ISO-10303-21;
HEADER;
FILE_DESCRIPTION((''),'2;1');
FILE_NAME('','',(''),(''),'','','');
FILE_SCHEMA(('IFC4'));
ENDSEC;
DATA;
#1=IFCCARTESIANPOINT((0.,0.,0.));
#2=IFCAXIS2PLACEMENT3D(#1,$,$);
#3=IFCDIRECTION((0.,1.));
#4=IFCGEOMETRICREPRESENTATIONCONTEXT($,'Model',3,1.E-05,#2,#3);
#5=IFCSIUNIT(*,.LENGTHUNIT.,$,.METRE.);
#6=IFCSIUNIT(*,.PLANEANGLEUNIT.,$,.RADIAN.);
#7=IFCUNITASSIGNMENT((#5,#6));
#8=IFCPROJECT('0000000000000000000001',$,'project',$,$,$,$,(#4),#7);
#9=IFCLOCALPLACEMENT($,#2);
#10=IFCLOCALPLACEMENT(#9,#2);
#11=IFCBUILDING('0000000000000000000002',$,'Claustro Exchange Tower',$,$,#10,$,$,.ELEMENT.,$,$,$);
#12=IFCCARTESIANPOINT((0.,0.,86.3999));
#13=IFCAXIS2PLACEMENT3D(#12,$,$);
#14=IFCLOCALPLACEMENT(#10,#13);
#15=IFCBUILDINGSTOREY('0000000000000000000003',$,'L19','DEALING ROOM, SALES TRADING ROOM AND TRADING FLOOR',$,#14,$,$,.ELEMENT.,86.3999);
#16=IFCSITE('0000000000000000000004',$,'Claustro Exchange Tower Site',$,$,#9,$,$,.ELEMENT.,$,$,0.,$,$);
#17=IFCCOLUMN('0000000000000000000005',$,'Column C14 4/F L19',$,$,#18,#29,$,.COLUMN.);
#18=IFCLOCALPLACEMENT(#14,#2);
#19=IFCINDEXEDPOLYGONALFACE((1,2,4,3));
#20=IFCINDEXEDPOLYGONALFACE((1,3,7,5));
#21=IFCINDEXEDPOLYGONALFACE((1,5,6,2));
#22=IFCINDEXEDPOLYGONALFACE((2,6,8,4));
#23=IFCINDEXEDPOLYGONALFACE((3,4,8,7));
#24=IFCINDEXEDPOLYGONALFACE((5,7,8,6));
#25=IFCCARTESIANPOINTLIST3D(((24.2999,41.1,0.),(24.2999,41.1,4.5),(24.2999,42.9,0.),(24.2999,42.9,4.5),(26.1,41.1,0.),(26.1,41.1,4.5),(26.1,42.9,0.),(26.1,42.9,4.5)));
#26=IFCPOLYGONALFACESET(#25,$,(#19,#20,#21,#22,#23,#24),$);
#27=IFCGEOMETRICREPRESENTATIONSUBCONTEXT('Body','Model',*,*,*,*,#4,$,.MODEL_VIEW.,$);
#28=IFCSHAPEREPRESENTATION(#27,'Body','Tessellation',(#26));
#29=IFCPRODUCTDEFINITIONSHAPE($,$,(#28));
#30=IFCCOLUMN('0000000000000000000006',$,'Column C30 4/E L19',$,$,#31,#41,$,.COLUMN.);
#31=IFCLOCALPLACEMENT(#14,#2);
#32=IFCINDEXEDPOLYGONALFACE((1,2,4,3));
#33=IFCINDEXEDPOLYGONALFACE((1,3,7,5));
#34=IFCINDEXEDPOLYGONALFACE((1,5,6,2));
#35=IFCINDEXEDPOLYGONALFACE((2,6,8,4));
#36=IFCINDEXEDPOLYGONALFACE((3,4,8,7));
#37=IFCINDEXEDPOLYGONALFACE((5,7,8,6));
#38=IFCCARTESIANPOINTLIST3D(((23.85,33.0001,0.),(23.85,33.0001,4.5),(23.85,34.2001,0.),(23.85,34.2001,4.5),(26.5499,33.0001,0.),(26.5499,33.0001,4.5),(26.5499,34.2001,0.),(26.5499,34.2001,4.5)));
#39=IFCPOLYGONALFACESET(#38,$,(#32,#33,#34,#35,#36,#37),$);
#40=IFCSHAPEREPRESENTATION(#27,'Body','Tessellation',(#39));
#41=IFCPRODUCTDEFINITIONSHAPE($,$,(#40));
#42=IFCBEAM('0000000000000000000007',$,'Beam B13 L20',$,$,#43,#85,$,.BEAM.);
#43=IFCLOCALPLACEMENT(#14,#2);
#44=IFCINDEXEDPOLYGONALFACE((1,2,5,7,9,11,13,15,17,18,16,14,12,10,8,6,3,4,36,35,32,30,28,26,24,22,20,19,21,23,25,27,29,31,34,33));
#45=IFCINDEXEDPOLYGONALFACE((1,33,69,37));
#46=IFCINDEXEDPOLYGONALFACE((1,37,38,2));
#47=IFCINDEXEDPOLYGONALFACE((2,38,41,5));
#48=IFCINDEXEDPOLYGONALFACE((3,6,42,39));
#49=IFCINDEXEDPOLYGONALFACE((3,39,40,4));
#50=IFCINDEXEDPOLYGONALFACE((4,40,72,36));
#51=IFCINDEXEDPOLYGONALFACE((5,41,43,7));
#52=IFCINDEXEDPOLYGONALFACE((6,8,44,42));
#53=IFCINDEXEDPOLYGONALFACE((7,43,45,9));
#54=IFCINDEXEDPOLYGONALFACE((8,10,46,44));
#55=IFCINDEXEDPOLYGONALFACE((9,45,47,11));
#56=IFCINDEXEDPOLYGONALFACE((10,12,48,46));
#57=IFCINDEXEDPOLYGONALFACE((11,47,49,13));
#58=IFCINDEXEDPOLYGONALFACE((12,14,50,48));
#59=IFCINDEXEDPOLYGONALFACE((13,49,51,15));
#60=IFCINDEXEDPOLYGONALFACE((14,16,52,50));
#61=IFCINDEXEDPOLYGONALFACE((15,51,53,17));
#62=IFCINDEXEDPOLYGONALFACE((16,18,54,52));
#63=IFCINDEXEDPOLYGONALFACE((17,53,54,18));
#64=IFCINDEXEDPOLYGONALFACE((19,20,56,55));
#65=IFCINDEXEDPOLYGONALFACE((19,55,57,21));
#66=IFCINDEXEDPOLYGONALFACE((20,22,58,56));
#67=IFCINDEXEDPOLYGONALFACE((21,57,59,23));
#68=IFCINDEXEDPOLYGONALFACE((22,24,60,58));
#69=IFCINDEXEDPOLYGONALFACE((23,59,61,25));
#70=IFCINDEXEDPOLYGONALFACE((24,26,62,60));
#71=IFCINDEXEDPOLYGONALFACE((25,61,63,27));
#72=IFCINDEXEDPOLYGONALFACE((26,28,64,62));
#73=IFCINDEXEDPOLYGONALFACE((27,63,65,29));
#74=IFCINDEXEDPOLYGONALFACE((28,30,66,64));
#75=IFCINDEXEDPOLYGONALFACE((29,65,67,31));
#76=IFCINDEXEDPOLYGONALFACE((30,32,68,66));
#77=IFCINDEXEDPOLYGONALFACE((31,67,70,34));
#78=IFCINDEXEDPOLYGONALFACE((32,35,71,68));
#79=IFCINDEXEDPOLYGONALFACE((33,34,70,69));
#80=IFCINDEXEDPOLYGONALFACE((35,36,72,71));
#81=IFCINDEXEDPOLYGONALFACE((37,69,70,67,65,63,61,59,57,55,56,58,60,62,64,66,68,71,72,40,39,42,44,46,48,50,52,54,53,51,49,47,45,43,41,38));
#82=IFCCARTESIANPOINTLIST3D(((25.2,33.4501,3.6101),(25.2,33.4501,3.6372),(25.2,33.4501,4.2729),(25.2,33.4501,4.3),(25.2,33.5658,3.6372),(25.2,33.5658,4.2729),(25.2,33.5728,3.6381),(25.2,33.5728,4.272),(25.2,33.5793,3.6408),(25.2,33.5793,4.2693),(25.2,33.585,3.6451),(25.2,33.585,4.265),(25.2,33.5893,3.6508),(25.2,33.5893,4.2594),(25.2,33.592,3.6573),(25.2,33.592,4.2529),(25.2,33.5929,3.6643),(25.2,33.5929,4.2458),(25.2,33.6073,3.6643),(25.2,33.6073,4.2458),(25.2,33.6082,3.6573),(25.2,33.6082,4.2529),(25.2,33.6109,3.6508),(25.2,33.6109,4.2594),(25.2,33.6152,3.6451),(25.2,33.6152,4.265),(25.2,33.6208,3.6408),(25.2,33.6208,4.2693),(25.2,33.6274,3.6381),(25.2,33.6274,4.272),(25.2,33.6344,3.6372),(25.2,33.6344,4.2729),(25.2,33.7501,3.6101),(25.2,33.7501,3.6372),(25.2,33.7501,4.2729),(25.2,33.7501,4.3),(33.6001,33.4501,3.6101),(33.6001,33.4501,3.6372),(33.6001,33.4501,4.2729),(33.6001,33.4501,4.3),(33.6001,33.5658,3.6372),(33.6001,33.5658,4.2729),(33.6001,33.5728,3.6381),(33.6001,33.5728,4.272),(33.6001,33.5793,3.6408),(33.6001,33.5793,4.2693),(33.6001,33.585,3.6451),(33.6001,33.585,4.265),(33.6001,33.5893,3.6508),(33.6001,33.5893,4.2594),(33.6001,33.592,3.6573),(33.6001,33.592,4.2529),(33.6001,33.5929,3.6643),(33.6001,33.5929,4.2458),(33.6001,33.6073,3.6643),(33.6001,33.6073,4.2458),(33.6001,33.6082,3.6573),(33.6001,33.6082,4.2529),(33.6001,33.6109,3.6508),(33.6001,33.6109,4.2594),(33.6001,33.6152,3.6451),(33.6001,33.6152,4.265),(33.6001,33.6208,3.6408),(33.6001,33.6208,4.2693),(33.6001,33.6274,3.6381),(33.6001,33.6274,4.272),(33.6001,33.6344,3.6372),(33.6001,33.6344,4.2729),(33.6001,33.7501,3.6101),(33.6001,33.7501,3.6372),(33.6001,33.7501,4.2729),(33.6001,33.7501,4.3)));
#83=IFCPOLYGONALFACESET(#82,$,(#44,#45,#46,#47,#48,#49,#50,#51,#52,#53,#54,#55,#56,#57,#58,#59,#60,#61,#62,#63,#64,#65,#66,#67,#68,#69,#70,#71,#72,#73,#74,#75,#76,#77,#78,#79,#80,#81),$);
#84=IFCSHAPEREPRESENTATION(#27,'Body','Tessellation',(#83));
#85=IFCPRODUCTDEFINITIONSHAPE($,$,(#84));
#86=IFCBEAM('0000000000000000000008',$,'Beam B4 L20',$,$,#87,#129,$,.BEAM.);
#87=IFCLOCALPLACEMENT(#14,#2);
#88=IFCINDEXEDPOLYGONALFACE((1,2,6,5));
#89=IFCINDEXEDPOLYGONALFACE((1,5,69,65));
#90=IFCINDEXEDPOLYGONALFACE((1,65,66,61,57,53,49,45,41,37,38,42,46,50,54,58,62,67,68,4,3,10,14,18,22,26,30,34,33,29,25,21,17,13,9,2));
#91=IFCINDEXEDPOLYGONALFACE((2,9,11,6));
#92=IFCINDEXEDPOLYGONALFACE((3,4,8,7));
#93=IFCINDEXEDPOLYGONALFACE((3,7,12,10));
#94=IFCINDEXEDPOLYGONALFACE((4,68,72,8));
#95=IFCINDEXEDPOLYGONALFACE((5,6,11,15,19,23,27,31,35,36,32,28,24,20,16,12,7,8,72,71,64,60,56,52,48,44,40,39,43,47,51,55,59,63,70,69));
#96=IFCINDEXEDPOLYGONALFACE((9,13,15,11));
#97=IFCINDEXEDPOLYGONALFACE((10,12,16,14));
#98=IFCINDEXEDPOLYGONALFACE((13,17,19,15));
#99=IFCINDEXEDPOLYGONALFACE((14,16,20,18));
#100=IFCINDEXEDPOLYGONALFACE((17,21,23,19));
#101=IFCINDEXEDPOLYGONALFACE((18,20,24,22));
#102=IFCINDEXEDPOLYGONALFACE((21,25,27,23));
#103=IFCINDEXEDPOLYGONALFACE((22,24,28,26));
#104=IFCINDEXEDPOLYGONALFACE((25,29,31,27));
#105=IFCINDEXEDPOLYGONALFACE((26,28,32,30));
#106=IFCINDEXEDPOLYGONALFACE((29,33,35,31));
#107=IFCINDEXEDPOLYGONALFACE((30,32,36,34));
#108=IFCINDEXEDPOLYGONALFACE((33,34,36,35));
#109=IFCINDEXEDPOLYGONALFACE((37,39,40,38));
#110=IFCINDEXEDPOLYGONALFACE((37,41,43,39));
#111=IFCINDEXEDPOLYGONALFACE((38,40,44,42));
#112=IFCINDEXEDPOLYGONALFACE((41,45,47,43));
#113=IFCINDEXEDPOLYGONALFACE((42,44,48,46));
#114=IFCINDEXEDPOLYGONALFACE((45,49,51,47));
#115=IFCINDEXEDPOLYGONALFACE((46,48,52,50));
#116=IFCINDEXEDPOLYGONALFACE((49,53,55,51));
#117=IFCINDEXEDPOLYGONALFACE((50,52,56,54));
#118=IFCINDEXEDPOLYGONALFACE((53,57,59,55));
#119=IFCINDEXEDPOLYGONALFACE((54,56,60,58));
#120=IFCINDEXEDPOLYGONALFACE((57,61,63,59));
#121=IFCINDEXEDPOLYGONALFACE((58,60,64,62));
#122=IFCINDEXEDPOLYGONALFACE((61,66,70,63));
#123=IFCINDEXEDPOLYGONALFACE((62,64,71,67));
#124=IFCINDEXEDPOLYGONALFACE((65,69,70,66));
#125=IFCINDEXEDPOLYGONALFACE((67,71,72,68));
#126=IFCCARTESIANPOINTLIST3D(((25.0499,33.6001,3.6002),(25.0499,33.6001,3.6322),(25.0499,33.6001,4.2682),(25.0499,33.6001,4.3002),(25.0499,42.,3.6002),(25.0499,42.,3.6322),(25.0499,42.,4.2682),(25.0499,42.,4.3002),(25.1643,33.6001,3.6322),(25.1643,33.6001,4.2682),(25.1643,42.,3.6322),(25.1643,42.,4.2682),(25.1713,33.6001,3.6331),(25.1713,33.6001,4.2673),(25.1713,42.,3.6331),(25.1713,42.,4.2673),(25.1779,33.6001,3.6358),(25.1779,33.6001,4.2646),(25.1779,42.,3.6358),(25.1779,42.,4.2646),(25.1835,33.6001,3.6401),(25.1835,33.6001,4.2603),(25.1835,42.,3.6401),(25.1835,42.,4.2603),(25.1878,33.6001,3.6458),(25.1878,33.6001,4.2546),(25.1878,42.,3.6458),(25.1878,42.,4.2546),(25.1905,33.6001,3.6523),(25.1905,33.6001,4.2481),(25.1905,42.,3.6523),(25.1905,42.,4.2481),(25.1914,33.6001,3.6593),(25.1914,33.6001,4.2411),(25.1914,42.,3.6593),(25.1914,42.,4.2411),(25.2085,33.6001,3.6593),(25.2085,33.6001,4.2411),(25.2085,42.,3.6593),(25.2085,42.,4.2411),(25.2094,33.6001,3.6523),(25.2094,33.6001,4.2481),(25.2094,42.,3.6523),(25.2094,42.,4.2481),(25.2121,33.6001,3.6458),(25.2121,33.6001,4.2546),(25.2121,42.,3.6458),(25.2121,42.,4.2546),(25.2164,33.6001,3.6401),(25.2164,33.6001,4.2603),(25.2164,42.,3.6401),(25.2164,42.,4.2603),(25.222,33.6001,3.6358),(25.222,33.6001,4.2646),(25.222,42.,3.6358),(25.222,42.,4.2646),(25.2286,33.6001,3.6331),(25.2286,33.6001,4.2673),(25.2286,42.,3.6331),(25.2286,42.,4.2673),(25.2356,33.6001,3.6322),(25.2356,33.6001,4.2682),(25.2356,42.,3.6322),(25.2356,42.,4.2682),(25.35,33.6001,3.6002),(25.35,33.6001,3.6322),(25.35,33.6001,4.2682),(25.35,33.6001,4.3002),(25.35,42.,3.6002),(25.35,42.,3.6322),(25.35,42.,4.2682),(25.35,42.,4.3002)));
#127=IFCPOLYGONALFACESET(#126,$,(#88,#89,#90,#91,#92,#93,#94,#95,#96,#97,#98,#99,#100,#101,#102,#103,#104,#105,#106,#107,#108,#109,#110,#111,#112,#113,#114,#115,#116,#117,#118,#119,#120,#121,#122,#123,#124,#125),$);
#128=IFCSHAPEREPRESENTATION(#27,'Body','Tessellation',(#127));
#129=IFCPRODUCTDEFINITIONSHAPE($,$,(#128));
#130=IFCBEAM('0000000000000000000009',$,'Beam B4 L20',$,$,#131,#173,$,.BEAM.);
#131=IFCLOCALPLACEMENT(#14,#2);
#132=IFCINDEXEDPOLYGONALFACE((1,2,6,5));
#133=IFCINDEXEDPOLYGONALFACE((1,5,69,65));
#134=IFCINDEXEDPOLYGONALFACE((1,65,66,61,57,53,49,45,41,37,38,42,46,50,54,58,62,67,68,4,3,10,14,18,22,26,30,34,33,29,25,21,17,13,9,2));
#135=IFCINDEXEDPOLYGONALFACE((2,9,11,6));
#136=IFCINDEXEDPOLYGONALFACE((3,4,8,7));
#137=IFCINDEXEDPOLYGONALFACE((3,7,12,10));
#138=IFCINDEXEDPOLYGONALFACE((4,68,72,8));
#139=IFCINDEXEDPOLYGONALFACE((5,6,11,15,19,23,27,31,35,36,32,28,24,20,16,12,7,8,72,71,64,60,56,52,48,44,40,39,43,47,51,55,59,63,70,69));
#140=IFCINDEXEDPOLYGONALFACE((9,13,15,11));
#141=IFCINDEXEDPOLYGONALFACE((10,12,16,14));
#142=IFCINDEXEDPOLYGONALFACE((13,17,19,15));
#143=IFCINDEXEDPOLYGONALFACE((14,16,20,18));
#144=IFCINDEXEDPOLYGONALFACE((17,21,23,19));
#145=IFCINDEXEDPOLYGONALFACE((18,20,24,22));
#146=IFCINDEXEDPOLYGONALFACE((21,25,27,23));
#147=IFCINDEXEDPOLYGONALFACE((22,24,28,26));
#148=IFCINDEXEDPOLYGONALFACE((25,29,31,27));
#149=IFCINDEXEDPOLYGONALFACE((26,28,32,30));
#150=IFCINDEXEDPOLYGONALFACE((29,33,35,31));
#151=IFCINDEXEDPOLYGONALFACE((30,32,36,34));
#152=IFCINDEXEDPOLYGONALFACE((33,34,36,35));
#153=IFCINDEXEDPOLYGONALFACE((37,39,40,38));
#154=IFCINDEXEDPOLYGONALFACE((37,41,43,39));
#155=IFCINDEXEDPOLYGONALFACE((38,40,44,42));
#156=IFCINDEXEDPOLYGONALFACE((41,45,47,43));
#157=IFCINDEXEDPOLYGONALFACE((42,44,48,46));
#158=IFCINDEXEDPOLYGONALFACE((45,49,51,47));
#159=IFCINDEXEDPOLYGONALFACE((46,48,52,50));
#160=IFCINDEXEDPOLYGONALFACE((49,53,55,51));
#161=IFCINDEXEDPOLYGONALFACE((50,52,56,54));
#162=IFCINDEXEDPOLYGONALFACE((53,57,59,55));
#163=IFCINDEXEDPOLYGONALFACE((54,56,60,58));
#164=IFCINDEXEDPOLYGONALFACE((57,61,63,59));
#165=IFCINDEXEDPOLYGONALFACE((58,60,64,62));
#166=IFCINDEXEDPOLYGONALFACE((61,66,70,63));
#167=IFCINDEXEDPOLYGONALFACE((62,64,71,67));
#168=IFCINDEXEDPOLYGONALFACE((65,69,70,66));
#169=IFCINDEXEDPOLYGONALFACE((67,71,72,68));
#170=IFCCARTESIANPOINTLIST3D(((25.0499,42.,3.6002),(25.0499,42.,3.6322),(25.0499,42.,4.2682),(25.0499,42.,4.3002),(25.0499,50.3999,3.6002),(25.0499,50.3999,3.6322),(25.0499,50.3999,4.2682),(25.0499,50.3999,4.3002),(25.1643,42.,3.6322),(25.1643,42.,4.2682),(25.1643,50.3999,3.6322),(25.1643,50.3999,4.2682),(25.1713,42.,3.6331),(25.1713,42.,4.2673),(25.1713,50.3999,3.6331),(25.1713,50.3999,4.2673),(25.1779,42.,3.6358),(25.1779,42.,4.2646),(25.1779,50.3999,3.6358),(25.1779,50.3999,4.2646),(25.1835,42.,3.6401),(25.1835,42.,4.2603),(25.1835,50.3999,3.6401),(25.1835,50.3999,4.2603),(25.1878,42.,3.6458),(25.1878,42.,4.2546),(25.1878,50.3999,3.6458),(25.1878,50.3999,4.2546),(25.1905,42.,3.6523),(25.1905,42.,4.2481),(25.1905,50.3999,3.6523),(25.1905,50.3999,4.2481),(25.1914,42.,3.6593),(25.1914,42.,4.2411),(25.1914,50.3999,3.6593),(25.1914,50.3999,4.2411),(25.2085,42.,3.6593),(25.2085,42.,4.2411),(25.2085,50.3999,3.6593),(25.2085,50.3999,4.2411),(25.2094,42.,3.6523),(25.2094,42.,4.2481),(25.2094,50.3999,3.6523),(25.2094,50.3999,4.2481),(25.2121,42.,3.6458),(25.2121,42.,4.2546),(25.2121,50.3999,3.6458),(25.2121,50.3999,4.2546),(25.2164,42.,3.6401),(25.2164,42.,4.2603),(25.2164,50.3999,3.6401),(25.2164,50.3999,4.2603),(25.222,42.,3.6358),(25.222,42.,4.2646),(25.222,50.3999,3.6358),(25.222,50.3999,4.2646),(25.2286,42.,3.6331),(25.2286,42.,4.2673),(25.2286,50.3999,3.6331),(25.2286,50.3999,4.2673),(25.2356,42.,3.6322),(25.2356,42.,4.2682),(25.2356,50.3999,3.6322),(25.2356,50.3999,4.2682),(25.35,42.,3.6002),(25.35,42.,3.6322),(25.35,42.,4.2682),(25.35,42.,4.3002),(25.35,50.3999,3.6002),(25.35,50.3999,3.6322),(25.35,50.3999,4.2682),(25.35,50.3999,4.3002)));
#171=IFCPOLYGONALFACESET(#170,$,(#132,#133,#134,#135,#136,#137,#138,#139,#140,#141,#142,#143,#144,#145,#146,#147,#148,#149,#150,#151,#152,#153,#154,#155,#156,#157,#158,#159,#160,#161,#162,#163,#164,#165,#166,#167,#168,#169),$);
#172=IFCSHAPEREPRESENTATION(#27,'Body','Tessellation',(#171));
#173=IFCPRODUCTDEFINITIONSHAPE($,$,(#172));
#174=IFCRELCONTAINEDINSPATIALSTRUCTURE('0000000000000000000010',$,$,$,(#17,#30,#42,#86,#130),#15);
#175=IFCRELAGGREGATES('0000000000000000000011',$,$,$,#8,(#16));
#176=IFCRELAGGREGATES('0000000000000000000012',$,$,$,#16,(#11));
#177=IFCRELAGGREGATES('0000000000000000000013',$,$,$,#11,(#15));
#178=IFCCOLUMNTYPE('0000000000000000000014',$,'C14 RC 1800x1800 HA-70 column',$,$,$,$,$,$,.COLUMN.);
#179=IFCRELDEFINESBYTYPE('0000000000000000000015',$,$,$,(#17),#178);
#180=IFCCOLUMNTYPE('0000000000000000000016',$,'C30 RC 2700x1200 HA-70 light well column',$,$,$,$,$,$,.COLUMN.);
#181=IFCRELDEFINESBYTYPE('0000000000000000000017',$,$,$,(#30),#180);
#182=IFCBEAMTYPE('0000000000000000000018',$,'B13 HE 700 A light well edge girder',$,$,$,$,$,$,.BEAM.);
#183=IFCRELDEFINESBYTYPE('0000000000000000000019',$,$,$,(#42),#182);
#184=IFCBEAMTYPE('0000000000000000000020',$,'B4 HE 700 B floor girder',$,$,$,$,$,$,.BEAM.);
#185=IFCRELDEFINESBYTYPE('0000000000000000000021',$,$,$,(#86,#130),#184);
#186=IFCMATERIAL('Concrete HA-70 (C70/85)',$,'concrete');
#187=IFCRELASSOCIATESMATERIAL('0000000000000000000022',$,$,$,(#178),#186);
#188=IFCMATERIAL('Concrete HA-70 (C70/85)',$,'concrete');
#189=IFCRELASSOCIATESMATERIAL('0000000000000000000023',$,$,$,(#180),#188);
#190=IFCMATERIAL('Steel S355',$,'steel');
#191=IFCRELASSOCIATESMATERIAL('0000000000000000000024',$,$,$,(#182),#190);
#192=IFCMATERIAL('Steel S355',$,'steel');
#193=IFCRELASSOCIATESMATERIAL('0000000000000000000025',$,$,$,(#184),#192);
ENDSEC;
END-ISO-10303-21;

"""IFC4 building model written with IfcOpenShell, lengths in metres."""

from ifc_helpers import new_model, si_unit, direction, frame, origin, origin_2d, place, context, subcontext, project, spatial, rectangle, i_section, extrude, material, material_profile, profile_set, type_object, element, save


model = new_model("IFC4")

# Units and contexts
model_context = context("Model", 3, precision=1e-05, world=origin(), true_north=direction((0.0, 1.0)))
body_context = subcontext(model_context, "Body", "Model", "MODEL_VIEW")
ifc_project = project(units=[si_unit("LENGTHUNIT", "METRE"), si_unit("PLANEANGLEUNIT", "RADIAN")], contexts=[model_context])

# Site, building, storey
site_placement = place(None, origin())
site = spatial("IfcSite", under=ifc_project, at=site_placement, Name="Claustro Exchange Tower Site", CompositionType="ELEMENT", RefElevation=0.0)
building_placement = place(site_placement, origin())
building = spatial("IfcBuilding", under=site, at=building_placement, Name="Claustro Exchange Tower", CompositionType="ELEMENT")
storey_placement = place(building_placement, frame((0.0, 0.0, 86.3999)))
storey = spatial("IfcBuildingStorey", under=building, at=storey_placement, Name="L19", Description="DEALING ROOM, SALES TRADING ROOM AND TRADING FLOOR", CompositionType="ELEMENT", Elevation=86.3999)

# Columns
ifc_material_1 = material(Name="Concrete HA-70 (C70/85)", Category="concrete")
ifc_material_profile_1 = material_profile(ifc_material_1, rectangle(XDim=1.8, YDim=1.8, at=origin_2d()), Name="RC 1800x1800")
ifc_profile_set_1 = profile_set([ifc_material_profile_1], Name="Concrete HA-70 (C70/85)")
column_type_1 = type_object("IfcColumnType", Name="C14 RC 1800x1800 HA-70 column", PredefinedType="COLUMN", material=ifc_profile_set_1)
column_1_placement = place(storey_placement, frame((25.2, 42.0, 0.0), z_axis=(0.0, 0.0, 1.0), x_axis=(1.0, 0.0, 0.0)))
element("IfcColumn", 1, at=column_1_placement, inside=storey, type_object=column_type_1, Name="Column C14 4/F L19", PredefinedType="COLUMN", context=body_context, shape_type="SweptSolid", body=[
    extrude(rectangle(XDim=1.8, YDim=1.8, at=origin_2d()), origin(), (0.0, 0.0, 1.0), 4.5),
])
ifc_material_2 = material(Name="Concrete HA-70 (C70/85)", Category="concrete")
ifc_material_profile_2 = material_profile(ifc_material_2, rectangle(XDim=2.7, YDim=1.2, at=origin_2d()), Name="RC 2700x1200")
ifc_profile_set_2 = profile_set([ifc_material_profile_2], Name="Concrete HA-70 (C70/85)")
column_type_2 = type_object("IfcColumnType", Name="C30 RC 2700x1200 HA-70 light well column", PredefinedType="COLUMN", material=ifc_profile_set_2)
column_2_placement = place(storey_placement, frame((25.2, 33.6001, 0.0), z_axis=(0.0, 0.0, 1.0), x_axis=(1.0, 0.0, 0.0)))
element("IfcColumn", 2, at=column_2_placement, inside=storey, type_object=column_type_2, Name="Column C30 4/E L19", PredefinedType="COLUMN", context=body_context, shape_type="SweptSolid", body=[
    extrude(rectangle(XDim=2.7, YDim=1.2, at=origin_2d()), origin(), (0.0, 0.0, 1.0), 4.5),
])

# Beams
ifc_material_3 = material(Name="Steel S355", Category="steel")
ifc_material_profile_3 = material_profile(ifc_material_3, i_section(OverallWidth=0.3, OverallDepth=0.6899, WebThickness=0.0144, FlangeThickness=0.0271, FilletRadius=0.0271, at=origin_2d()), Name="HE 700 A")
ifc_profile_set_3 = profile_set([ifc_material_profile_3], Name="Steel S355")
beam_type_1 = type_object("IfcBeamType", Name="B13 HE 700 A light well edge girder", PredefinedType="BEAM", material=ifc_profile_set_3)
beam_1_placement = place(storey_placement, frame((25.2, 33.6001, 3.9551), z_axis=(1.0, 0.0, 0.0), x_axis=(0.0, 1.0, 0.0)))
element("IfcBeam", 3, at=beam_1_placement, inside=storey, type_object=beam_type_1, Name="Beam B13 L20", PredefinedType="BEAM", context=body_context, shape_type="SweptSolid", body=[
    extrude(i_section(OverallWidth=0.3, OverallDepth=0.6899, WebThickness=0.0144, FlangeThickness=0.0271, FilletRadius=0.0271, at=origin_2d()), origin(), (0.0, 0.0, 1.0), 8.4001),
])
ifc_material_4 = material(Name="Steel S355", Category="steel")
ifc_material_profile_4 = material_profile(ifc_material_4, i_section(OverallWidth=0.3, OverallDepth=0.7, WebThickness=0.0171, FlangeThickness=0.032, FilletRadius=0.0271, at=origin_2d()), Name="HE 700 B")
ifc_profile_set_4 = profile_set([ifc_material_profile_4], Name="Steel S355")
beam_type_2 = type_object("IfcBeamType", Name="B4 HE 700 B floor girder", PredefinedType="BEAM", material=ifc_profile_set_4)
for number, where, z_axis, x_axis, name in (
    (4, (25.2, 33.6001, 3.9502), (0.0, 1.0, 0.0), (-1.0, 0.0, 0.0), "Beam B4 L20"),
    (5, (25.2, 42.0, 3.9502), (0.0, 1.0, 0.0), (-1.0, 0.0, 0.0), "Beam B4 L20"),
):
    element("IfcBeam", number, at=place(storey_placement, frame(where, z_axis=z_axis, x_axis=x_axis)), inside=storey, type_object=beam_type_2, Name=name, PredefinedType="BEAM", context=body_context, shape_type="SweptSolid", body=[
        extrude(i_section(OverallWidth=0.3, OverallDepth=0.7, WebThickness=0.0171, FlangeThickness=0.032, FilletRadius=0.0271, at=origin_2d()), origin(), (0.0, 0.0, 1.0), 8.3999),
    ])

save(model, "model.ifc")
